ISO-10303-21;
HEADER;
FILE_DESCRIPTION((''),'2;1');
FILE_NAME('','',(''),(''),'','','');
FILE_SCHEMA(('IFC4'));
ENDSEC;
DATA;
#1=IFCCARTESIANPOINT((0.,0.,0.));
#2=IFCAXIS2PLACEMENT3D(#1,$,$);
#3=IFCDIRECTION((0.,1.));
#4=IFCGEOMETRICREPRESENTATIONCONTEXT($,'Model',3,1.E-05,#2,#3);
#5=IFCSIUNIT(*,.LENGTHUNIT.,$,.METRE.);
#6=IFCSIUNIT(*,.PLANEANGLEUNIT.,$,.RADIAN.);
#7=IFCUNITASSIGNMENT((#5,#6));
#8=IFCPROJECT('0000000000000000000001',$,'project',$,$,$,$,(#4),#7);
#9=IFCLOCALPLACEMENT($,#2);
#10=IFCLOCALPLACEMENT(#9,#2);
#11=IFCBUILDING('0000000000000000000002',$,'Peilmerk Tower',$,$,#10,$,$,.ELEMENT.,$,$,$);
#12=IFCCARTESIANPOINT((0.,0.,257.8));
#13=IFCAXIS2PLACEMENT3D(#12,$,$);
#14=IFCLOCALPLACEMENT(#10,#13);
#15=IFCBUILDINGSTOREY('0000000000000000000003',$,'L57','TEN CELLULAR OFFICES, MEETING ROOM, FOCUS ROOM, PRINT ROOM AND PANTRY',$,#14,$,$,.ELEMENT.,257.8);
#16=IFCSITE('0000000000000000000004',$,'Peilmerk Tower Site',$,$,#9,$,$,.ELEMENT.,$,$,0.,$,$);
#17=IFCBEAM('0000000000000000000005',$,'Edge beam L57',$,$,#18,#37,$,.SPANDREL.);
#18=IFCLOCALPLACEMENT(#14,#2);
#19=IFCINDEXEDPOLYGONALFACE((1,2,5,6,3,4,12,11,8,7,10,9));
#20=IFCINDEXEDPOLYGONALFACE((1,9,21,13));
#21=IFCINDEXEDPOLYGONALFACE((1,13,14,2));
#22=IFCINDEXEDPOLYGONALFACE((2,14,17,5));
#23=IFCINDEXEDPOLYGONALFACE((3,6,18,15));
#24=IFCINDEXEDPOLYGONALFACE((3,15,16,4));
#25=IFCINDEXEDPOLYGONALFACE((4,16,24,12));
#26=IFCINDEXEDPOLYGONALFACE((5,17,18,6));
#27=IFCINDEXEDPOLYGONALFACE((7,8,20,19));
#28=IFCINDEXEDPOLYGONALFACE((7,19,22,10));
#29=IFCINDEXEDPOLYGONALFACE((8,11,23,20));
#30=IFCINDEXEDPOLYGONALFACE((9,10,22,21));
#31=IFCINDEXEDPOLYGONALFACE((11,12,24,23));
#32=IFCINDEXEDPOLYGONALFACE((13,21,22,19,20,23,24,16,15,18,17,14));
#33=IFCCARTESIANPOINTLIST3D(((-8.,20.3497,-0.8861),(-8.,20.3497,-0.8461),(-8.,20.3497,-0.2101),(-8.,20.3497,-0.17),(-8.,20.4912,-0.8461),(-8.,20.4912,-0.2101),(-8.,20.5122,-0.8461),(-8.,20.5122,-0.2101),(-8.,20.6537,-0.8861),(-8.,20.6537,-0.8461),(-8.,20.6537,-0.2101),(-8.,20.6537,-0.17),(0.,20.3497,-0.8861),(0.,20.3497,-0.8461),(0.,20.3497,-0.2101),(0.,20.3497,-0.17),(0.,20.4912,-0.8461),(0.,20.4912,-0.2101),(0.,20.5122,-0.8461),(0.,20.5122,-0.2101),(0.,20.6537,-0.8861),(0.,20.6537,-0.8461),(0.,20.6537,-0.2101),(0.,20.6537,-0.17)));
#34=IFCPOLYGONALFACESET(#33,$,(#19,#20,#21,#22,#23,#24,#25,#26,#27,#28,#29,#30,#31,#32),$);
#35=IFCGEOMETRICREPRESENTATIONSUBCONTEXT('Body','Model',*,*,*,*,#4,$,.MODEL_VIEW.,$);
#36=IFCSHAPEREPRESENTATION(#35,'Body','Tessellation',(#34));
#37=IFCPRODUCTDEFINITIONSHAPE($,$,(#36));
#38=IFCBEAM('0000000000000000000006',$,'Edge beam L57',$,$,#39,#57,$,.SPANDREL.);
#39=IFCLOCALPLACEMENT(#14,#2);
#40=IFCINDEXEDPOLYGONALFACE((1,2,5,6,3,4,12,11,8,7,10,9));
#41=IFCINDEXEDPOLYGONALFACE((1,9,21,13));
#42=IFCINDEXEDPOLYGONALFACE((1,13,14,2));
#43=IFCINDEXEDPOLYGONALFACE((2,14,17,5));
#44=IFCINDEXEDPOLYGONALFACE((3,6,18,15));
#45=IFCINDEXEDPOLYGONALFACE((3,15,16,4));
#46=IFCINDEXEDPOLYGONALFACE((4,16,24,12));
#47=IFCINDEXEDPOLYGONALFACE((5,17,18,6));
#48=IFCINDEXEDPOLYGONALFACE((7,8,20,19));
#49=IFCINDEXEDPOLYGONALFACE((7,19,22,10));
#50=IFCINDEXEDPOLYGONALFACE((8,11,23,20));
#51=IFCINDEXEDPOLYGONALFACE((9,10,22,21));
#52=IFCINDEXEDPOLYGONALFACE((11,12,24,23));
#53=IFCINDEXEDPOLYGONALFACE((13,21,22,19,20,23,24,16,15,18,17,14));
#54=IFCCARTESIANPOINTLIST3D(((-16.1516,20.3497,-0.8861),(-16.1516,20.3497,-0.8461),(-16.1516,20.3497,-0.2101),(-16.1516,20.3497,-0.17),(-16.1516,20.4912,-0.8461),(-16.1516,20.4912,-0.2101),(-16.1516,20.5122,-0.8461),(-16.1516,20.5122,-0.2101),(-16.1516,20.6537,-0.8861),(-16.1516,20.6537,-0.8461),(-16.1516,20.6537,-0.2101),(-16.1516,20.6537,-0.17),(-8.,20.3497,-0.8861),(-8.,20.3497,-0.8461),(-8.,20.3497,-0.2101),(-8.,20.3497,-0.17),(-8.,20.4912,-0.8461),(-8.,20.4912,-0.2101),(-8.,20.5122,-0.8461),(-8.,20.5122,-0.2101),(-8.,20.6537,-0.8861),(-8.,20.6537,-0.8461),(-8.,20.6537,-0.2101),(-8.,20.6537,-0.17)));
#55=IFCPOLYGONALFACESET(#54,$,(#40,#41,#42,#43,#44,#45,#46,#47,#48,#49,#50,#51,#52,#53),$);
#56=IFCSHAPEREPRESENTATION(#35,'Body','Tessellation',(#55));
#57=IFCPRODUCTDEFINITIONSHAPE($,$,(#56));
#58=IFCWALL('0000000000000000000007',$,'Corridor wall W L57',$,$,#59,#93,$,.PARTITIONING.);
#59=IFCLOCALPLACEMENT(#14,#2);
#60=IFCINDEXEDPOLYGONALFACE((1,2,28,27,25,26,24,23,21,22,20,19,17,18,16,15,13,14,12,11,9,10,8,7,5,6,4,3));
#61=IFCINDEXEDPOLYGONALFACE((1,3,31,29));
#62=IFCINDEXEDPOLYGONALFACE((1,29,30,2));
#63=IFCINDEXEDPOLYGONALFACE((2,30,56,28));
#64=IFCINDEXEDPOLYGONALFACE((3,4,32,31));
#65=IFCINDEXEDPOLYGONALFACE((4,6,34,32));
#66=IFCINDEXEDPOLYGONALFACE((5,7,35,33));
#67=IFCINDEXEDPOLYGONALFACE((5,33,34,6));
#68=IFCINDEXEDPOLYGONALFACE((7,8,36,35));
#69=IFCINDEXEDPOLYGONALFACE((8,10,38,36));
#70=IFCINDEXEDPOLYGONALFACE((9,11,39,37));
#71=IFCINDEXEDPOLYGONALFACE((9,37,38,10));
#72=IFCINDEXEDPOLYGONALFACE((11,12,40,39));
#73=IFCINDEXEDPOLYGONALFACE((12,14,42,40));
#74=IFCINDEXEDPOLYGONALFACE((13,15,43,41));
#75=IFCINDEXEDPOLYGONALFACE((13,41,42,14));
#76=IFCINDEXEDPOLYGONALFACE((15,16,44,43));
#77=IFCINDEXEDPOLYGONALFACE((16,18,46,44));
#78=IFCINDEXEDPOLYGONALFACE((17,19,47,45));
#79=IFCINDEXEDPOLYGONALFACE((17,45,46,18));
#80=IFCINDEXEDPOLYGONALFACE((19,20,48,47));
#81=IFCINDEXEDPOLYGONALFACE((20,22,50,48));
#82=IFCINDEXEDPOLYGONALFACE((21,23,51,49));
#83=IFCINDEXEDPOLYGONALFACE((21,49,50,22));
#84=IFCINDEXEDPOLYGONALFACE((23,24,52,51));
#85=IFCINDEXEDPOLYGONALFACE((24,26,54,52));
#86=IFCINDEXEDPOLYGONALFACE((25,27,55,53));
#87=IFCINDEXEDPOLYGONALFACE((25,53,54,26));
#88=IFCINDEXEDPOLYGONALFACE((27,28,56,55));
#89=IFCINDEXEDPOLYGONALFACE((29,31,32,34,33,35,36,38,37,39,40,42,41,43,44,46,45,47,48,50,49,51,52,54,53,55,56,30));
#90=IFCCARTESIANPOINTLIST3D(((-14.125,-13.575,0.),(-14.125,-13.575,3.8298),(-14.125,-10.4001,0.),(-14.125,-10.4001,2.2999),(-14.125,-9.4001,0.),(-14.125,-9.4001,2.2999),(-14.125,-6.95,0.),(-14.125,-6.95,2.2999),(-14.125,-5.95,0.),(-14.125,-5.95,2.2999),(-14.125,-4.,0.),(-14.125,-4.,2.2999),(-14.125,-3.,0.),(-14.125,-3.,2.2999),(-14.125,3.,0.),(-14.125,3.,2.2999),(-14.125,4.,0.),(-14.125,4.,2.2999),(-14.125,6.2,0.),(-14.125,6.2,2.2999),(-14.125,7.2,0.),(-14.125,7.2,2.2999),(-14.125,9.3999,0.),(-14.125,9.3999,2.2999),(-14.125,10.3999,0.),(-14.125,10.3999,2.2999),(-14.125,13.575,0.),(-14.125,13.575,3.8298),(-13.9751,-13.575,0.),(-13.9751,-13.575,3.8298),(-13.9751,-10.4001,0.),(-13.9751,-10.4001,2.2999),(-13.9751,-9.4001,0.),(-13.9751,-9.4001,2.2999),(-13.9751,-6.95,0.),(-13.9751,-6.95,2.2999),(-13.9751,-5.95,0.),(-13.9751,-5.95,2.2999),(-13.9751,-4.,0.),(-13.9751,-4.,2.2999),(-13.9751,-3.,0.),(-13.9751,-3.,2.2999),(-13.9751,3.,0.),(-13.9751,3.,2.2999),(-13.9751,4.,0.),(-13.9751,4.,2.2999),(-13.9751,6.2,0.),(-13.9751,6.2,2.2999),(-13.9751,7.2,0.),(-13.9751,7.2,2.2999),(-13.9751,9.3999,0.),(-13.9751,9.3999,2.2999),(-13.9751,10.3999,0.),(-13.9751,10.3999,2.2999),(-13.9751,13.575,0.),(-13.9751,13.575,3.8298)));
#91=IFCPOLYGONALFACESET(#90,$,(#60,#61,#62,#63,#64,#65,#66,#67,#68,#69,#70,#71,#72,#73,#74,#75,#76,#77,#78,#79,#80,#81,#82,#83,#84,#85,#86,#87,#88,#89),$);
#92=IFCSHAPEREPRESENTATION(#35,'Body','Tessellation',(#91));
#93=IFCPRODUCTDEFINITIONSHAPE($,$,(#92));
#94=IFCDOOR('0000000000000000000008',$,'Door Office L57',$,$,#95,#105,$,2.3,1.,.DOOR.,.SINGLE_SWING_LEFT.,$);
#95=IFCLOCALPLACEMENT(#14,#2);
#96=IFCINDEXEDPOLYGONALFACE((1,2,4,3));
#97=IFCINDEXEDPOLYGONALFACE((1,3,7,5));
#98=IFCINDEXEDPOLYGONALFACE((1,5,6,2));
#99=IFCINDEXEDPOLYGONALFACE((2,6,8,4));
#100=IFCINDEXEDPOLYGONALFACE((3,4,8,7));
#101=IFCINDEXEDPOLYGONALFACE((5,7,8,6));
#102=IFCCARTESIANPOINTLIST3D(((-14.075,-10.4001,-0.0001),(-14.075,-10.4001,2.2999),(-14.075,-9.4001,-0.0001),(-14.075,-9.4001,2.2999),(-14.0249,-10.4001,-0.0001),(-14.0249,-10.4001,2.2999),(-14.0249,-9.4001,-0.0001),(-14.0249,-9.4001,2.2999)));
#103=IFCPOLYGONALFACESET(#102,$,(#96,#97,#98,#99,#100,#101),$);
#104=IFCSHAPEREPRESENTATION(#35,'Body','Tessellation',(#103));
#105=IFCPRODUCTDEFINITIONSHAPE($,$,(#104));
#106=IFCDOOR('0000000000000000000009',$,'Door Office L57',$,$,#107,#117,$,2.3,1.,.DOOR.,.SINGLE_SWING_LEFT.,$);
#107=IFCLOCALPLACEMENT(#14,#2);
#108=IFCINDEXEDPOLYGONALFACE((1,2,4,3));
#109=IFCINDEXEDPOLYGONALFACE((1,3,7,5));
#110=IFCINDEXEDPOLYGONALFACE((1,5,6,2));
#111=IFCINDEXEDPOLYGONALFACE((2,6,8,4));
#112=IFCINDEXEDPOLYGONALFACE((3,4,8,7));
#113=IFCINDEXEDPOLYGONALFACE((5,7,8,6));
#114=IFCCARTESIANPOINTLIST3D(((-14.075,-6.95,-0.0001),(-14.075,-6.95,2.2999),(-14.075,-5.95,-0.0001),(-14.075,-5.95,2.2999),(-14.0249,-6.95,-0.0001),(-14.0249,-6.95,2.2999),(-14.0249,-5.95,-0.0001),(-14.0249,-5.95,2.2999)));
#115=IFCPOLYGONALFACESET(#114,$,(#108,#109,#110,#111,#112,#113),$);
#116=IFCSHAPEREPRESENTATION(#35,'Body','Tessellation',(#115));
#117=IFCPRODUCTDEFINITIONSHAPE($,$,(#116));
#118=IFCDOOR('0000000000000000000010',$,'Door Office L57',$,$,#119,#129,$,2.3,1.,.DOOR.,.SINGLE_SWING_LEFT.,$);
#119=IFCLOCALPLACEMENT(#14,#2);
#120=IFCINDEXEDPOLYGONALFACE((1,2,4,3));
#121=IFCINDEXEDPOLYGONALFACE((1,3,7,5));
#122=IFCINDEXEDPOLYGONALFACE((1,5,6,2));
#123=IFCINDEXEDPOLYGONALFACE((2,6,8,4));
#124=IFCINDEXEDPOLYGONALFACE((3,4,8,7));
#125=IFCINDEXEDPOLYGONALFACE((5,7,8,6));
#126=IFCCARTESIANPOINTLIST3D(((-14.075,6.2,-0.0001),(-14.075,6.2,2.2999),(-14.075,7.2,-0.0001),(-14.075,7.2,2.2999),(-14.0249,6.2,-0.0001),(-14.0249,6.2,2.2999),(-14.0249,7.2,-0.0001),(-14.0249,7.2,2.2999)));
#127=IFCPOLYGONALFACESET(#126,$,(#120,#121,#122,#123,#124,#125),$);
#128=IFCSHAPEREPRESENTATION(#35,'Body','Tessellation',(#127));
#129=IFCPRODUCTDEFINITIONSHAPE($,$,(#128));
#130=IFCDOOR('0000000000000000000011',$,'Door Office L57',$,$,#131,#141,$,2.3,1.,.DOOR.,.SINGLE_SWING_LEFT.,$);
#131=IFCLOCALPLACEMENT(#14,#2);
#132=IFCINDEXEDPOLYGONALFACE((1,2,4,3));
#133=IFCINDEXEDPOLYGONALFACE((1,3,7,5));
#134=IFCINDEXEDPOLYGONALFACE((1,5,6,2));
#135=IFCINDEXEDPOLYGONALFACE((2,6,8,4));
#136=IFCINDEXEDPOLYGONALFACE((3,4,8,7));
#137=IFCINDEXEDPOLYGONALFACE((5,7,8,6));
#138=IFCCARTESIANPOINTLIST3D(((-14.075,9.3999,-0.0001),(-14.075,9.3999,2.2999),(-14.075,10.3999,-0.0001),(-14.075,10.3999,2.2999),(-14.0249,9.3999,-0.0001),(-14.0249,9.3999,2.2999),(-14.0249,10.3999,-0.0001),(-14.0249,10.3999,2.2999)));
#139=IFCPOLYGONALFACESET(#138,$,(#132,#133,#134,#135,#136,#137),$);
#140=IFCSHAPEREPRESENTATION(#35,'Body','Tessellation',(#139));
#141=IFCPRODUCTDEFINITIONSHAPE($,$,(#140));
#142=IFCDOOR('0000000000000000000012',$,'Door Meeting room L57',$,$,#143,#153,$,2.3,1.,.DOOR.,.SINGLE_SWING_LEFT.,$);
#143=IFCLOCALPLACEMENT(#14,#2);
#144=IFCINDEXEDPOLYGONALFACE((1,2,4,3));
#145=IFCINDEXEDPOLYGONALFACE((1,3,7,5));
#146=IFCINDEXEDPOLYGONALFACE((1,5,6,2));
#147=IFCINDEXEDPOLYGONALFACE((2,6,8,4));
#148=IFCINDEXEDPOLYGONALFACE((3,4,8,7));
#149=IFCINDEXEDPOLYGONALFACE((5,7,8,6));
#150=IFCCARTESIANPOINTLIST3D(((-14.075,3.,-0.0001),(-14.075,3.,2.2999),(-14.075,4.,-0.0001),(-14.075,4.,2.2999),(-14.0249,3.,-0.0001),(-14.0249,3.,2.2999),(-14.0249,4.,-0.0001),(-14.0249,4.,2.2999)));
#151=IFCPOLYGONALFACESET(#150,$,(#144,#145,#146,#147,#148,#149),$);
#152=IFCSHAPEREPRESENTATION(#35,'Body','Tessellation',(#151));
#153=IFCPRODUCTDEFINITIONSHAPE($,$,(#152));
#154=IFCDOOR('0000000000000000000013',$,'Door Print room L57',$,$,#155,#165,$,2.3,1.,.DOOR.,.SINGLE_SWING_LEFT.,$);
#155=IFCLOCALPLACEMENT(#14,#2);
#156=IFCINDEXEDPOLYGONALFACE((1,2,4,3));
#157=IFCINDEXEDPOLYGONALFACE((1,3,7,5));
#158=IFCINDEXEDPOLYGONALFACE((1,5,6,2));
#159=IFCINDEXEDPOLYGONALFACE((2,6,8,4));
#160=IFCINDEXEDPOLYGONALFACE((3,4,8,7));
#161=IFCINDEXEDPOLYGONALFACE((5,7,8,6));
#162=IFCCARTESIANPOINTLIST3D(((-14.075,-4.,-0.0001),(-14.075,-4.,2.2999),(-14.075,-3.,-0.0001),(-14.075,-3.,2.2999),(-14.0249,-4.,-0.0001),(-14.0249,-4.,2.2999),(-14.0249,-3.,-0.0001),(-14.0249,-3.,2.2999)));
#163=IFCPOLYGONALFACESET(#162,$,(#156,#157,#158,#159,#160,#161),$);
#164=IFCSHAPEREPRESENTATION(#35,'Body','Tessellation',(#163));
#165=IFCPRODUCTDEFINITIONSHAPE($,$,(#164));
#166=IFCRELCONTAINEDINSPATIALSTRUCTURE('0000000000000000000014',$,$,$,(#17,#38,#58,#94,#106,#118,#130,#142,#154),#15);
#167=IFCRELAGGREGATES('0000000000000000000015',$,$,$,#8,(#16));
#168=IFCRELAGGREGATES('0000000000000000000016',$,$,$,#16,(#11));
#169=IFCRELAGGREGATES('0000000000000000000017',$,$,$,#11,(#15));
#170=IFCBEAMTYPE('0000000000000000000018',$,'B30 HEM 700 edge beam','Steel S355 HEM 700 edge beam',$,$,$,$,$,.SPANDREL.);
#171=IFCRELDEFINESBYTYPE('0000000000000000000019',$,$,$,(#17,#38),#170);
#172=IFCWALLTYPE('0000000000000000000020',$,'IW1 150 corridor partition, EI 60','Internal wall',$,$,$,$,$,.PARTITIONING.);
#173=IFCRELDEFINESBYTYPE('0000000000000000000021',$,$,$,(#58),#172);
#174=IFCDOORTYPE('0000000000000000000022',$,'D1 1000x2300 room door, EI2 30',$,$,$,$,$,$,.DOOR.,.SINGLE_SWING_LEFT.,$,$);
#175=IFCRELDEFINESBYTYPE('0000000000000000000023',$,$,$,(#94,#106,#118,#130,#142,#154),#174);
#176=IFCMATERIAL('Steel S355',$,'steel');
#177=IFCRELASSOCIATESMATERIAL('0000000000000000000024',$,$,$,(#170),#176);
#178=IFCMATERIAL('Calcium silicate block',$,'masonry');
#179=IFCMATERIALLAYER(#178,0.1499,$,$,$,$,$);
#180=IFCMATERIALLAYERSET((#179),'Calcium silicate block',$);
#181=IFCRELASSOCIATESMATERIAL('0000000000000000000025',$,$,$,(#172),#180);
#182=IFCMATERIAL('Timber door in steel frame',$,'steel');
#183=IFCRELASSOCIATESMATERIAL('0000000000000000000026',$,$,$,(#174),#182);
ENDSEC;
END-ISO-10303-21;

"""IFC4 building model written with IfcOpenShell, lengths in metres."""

from ifc_helpers import new_model, si_unit, direction, frame, frame_2d, origin, origin_2d, place, context, subcontext, project, spatial, rectangle, i_section, extrude, material, layer, layer_set, material_profile, profile_set, type_object, element, fill, save


model = new_model("IFC4")

# Units and contexts
model_context = context("Model", 3, precision=1e-05, world=origin(), true_north=direction((0.0, 1.0)))
body_context = subcontext(model_context, "Body", "Model", "MODEL_VIEW")
ifc_project = project(units=[si_unit("LENGTHUNIT", "METRE"), si_unit("PLANEANGLEUNIT", "RADIAN")], contexts=[model_context])

# Site, building, storey
site_placement = place(None, origin())
site = spatial("IfcSite", under=ifc_project, at=site_placement, Name="Peilmerk Tower Site", CompositionType="ELEMENT", RefElevation=0.0)
building_placement = place(site_placement, origin())
building = spatial("IfcBuilding", under=site, at=building_placement, Name="Peilmerk Tower", CompositionType="ELEMENT")
storey_placement = place(building_placement, frame((0.0, 0.0, 257.8)))
storey = spatial("IfcBuildingStorey", under=building, at=storey_placement, Name="L57", Description="TEN CELLULAR OFFICES, MEETING ROOM, FOCUS ROOM, PRINT ROOM AND PANTRY", CompositionType="ELEMENT", Elevation=257.8)

# Beams
ifc_material_1 = material(Name="Steel S355", Category="steel")
ifc_material_profile_1 = material_profile(ifc_material_1, i_section(OverallWidth=0.304, OverallDepth=0.7161, WebThickness=0.021, FlangeThickness=0.04, at=origin_2d()), Name="HEM 700")
ifc_profile_set_1 = profile_set([ifc_material_profile_1], Name="Steel S355")
beam_type_1 = type_object("IfcBeamType", Name="B30 HEM 700 edge beam", Description="Steel S355 HEM 700 edge beam", PredefinedType="SPANDREL", material=ifc_profile_set_1)
beam_1_placement = place(storey_placement, frame((0.0, 20.5017, -0.5281), z_axis=(-1.0, 0.0, 0.0), x_axis=(0.0, -1.0, 0.0)))
element("IfcBeam", 1, at=beam_1_placement, inside=storey, type_object=beam_type_1, Name="Edge beam L57", PredefinedType="SPANDREL", context=body_context, shape_type="SweptSolid", body=[
    extrude(i_section(OverallWidth=0.304, OverallDepth=0.7161, WebThickness=0.021, FlangeThickness=0.04, at=origin_2d()), origin(), (0.0, 0.0, 1.0), 8.0),
])
beam_2_placement = place(storey_placement, frame((-8.0, 20.5017, -0.5281), z_axis=(-1.0, 0.0, 0.0), x_axis=(0.0, -1.0, 0.0)))
element("IfcBeam", 2, at=beam_2_placement, inside=storey, type_object=beam_type_1, Name="Edge beam L57", PredefinedType="SPANDREL", context=body_context, shape_type="SweptSolid", body=[
    extrude(i_section(OverallWidth=0.304, OverallDepth=0.7161, WebThickness=0.021, FlangeThickness=0.04, at=origin_2d()), origin(), (0.0, 0.0, 1.0), 8.1516),
])

# Wall, openings, doors
ifc_material_2 = material(Name="Calcium silicate block", Category="masonry")
ifc_layer_1 = layer(ifc_material_2, 0.1499)
ifc_layer_set_1 = layer_set([ifc_layer_1], Name="Calcium silicate block")
wall_type_1 = type_object("IfcWallType", Name="IW1 150 corridor partition, EI 60", Description="Internal wall", PredefinedType="PARTITIONING", material=ifc_layer_set_1)
wall_1_placement = place(storey_placement, frame((-14.05, 13.575, 0.0), z_axis=(0.0, 0.0, 1.0), x_axis=(0.0, -1.0, 0.0)))
wall_1 = element("IfcWall", 3, at=wall_1_placement, inside=storey, type_object=wall_type_1, Name="Corridor wall W L57", PredefinedType="PARTITIONING", context=body_context, shape_type="SweptSolid", body=[
    extrude(rectangle(XDim=27.1499, YDim=0.1499, at=frame_2d((13.575, 0.0))), origin(), (0.0, 0.0, 1.0), 3.8298),
])
opening_1_placement = place(wall_1_placement, frame((22.9751, 0.0, 0.0)))
opening_1 = element("IfcOpeningElement", 4, at=opening_1_placement, cuts=wall_1, PredefinedType="OPENING", context=body_context, shape_type="SweptSolid", body=[
    extrude(rectangle(XDim=1.0, YDim=2.3, at=frame_2d((0.5, 1.1499))), frame((0.0, 0.085, 0.0), z_axis=(0.0, -1.0, 0.0), x_axis=(1.0, 0.0, 0.0)), (0.0, 0.0, 1.0), 0.1699),
])
opening_2_placement = place(wall_1_placement, frame((19.5249, 0.0, 0.0)))
opening_2 = element("IfcOpeningElement", 5, at=opening_2_placement, cuts=wall_1, PredefinedType="OPENING", context=body_context, shape_type="SweptSolid", body=[
    extrude(rectangle(XDim=1.0, YDim=2.3, at=frame_2d((0.5, 1.1499))), frame((0.0, 0.085, 0.0), z_axis=(0.0, -1.0, 0.0), x_axis=(1.0, 0.0, 0.0)), (0.0, 0.0, 1.0), 0.1699),
])
opening_3_placement = place(wall_1_placement, frame((6.375, 0.0, 0.0)))
opening_3 = element("IfcOpeningElement", 6, at=opening_3_placement, cuts=wall_1, PredefinedType="OPENING", context=body_context, shape_type="SweptSolid", body=[
    extrude(rectangle(XDim=1.0, YDim=2.3, at=frame_2d((0.5, 1.1499))), frame((0.0, 0.085, 0.0), z_axis=(0.0, -1.0, 0.0), x_axis=(1.0, 0.0, 0.0)), (0.0, 0.0, 1.0), 0.1699),
])
opening_4_placement = place(wall_1_placement, frame((3.175, 0.0, 0.0)))
opening_4 = element("IfcOpeningElement", 7, at=opening_4_placement, cuts=wall_1, PredefinedType="OPENING", context=body_context, shape_type="SweptSolid", body=[
    extrude(rectangle(XDim=1.0, YDim=2.3, at=frame_2d((0.5, 1.1499))), frame((0.0, 0.085, 0.0), z_axis=(0.0, -1.0, 0.0), x_axis=(1.0, 0.0, 0.0)), (0.0, 0.0, 1.0), 0.1699),
])
opening_5_placement = place(wall_1_placement, frame((9.575, 0.0, 0.0)))
opening_5 = element("IfcOpeningElement", 8, at=opening_5_placement, cuts=wall_1, PredefinedType="OPENING", context=body_context, shape_type="SweptSolid", body=[
    extrude(rectangle(XDim=1.0, YDim=2.3, at=frame_2d((0.5, 1.1499))), frame((0.0, 0.085, 0.0), z_axis=(0.0, -1.0, 0.0), x_axis=(1.0, 0.0, 0.0)), (0.0, 0.0, 1.0), 0.1699),
])
opening_6_placement = place(wall_1_placement, frame((16.575, 0.0, 0.0)))
opening_6 = element("IfcOpeningElement", 9, at=opening_6_placement, cuts=wall_1, PredefinedType="OPENING", context=body_context, shape_type="SweptSolid", body=[
    extrude(rectangle(XDim=1.0, YDim=2.3, at=frame_2d((0.5, 1.1499))), frame((0.0, 0.085, 0.0), z_axis=(0.0, -1.0, 0.0), x_axis=(1.0, 0.0, 0.0)), (0.0, 0.0, 1.0), 0.1699),
])
ifc_material_3 = material(Name="Timber door in steel frame", Category="steel")
door_type_1 = type_object("IfcDoorType", Name="D1 1000x2300 room door, EI2 30", OperationType="SINGLE_SWING_LEFT", PredefinedType="DOOR", material=ifc_material_3)
door_1_placement = place(opening_1_placement, frame((1.0, 0.0, 0.0), z_axis=(0.0, 0.0, 1.0), x_axis=(-1.0, 0.0, 0.0)))
door_1 = element("IfcDoor", 10, at=door_1_placement, inside=storey, type_object=door_type_1, Name="Door Office L57", OperationType="SINGLE_SWING_LEFT", OverallHeight=2.3, OverallWidth=1.0, PredefinedType="DOOR", context=body_context, shape_type="SweptSolid", body=[
    extrude(rectangle(XDim=1.0, YDim=2.3, at=frame_2d((0.5, 1.1499))), frame((0.0, 0.0249, 0.0), z_axis=(0.0, -1.0, 0.0), x_axis=(1.0, 0.0, 0.0)), (0.0, 0.0, 1.0), 0.05),
])
fill(opening_1, door_1)
door_2_placement = place(opening_2_placement, frame((1.0, 0.0, 0.0), z_axis=(0.0, 0.0, 1.0), x_axis=(-1.0, 0.0, 0.0)))
door_2 = element("IfcDoor", 11, at=door_2_placement, inside=storey, type_object=door_type_1, Name="Door Office L57", OperationType="SINGLE_SWING_LEFT", OverallHeight=2.3, OverallWidth=1.0, PredefinedType="DOOR", context=body_context, shape_type="SweptSolid", body=[
    extrude(rectangle(XDim=1.0, YDim=2.3, at=frame_2d((0.5, 1.1499))), frame((0.0, 0.0249, 0.0), z_axis=(0.0, -1.0, 0.0), x_axis=(1.0, 0.0, 0.0)), (0.0, 0.0, 1.0), 0.05),
])
fill(opening_2, door_2)
door_3_placement = place(opening_3_placement, frame((1.0, 0.0, 0.0), z_axis=(0.0, 0.0, 1.0), x_axis=(-1.0, 0.0, 0.0)))
door_3 = element("IfcDoor", 12, at=door_3_placement, inside=storey, type_object=door_type_1, Name="Door Office L57", OperationType="SINGLE_SWING_LEFT", OverallHeight=2.3, OverallWidth=1.0, PredefinedType="DOOR", context=body_context, shape_type="SweptSolid", body=[
    extrude(rectangle(XDim=1.0, YDim=2.3, at=frame_2d((0.5, 1.1499))), frame((0.0, 0.0249, 0.0), z_axis=(0.0, -1.0, 0.0), x_axis=(1.0, 0.0, 0.0)), (0.0, 0.0, 1.0), 0.05),
])
fill(opening_3, door_3)
door_4_placement = place(opening_4_placement, frame((1.0, 0.0, 0.0), z_axis=(0.0, 0.0, 1.0), x_axis=(-1.0, 0.0, 0.0)))
door_4 = element("IfcDoor", 13, at=door_4_placement, inside=storey, type_object=door_type_1, Name="Door Office L57", OperationType="SINGLE_SWING_LEFT", OverallHeight=2.3, OverallWidth=1.0, PredefinedType="DOOR", context=body_context, shape_type="SweptSolid", body=[
    extrude(rectangle(XDim=1.0, YDim=2.3, at=frame_2d((0.5, 1.1499))), frame((0.0, 0.0249, 0.0), z_axis=(0.0, -1.0, 0.0), x_axis=(1.0, 0.0, 0.0)), (0.0, 0.0, 1.0), 0.05),
])
fill(opening_4, door_4)
door_5_placement = place(opening_5_placement, frame((1.0, 0.0, 0.0), z_axis=(0.0, 0.0, 1.0), x_axis=(-1.0, 0.0, 0.0)))
door_5 = element("IfcDoor", 14, at=door_5_placement, inside=storey, type_object=door_type_1, Name="Door Meeting room L57", OperationType="SINGLE_SWING_LEFT", OverallHeight=2.3, OverallWidth=1.0, PredefinedType="DOOR", context=body_context, shape_type="SweptSolid", body=[
    extrude(rectangle(XDim=1.0, YDim=2.3, at=frame_2d((0.5, 1.1499))), frame((0.0, 0.0249, 0.0), z_axis=(0.0, -1.0, 0.0), x_axis=(1.0, 0.0, 0.0)), (0.0, 0.0, 1.0), 0.05),
])
fill(opening_5, door_5)
door_6_placement = place(opening_6_placement, frame((1.0, 0.0, 0.0), z_axis=(0.0, 0.0, 1.0), x_axis=(-1.0, 0.0, 0.0)))
door_6 = element("IfcDoor", 15, at=door_6_placement, inside=storey, type_object=door_type_1, Name="Door Print room L57", OperationType="SINGLE_SWING_LEFT", OverallHeight=2.3, OverallWidth=1.0, PredefinedType="DOOR", context=body_context, shape_type="SweptSolid", body=[
    extrude(rectangle(XDim=1.0, YDim=2.3, at=frame_2d((0.5, 1.1499))), frame((0.0, 0.0249, 0.0), z_axis=(0.0, -1.0, 0.0), x_axis=(1.0, 0.0, 0.0)), (0.0, 0.0, 1.0), 0.05),
])
fill(opening_6, door_6)

save(model, "model.ifc")
